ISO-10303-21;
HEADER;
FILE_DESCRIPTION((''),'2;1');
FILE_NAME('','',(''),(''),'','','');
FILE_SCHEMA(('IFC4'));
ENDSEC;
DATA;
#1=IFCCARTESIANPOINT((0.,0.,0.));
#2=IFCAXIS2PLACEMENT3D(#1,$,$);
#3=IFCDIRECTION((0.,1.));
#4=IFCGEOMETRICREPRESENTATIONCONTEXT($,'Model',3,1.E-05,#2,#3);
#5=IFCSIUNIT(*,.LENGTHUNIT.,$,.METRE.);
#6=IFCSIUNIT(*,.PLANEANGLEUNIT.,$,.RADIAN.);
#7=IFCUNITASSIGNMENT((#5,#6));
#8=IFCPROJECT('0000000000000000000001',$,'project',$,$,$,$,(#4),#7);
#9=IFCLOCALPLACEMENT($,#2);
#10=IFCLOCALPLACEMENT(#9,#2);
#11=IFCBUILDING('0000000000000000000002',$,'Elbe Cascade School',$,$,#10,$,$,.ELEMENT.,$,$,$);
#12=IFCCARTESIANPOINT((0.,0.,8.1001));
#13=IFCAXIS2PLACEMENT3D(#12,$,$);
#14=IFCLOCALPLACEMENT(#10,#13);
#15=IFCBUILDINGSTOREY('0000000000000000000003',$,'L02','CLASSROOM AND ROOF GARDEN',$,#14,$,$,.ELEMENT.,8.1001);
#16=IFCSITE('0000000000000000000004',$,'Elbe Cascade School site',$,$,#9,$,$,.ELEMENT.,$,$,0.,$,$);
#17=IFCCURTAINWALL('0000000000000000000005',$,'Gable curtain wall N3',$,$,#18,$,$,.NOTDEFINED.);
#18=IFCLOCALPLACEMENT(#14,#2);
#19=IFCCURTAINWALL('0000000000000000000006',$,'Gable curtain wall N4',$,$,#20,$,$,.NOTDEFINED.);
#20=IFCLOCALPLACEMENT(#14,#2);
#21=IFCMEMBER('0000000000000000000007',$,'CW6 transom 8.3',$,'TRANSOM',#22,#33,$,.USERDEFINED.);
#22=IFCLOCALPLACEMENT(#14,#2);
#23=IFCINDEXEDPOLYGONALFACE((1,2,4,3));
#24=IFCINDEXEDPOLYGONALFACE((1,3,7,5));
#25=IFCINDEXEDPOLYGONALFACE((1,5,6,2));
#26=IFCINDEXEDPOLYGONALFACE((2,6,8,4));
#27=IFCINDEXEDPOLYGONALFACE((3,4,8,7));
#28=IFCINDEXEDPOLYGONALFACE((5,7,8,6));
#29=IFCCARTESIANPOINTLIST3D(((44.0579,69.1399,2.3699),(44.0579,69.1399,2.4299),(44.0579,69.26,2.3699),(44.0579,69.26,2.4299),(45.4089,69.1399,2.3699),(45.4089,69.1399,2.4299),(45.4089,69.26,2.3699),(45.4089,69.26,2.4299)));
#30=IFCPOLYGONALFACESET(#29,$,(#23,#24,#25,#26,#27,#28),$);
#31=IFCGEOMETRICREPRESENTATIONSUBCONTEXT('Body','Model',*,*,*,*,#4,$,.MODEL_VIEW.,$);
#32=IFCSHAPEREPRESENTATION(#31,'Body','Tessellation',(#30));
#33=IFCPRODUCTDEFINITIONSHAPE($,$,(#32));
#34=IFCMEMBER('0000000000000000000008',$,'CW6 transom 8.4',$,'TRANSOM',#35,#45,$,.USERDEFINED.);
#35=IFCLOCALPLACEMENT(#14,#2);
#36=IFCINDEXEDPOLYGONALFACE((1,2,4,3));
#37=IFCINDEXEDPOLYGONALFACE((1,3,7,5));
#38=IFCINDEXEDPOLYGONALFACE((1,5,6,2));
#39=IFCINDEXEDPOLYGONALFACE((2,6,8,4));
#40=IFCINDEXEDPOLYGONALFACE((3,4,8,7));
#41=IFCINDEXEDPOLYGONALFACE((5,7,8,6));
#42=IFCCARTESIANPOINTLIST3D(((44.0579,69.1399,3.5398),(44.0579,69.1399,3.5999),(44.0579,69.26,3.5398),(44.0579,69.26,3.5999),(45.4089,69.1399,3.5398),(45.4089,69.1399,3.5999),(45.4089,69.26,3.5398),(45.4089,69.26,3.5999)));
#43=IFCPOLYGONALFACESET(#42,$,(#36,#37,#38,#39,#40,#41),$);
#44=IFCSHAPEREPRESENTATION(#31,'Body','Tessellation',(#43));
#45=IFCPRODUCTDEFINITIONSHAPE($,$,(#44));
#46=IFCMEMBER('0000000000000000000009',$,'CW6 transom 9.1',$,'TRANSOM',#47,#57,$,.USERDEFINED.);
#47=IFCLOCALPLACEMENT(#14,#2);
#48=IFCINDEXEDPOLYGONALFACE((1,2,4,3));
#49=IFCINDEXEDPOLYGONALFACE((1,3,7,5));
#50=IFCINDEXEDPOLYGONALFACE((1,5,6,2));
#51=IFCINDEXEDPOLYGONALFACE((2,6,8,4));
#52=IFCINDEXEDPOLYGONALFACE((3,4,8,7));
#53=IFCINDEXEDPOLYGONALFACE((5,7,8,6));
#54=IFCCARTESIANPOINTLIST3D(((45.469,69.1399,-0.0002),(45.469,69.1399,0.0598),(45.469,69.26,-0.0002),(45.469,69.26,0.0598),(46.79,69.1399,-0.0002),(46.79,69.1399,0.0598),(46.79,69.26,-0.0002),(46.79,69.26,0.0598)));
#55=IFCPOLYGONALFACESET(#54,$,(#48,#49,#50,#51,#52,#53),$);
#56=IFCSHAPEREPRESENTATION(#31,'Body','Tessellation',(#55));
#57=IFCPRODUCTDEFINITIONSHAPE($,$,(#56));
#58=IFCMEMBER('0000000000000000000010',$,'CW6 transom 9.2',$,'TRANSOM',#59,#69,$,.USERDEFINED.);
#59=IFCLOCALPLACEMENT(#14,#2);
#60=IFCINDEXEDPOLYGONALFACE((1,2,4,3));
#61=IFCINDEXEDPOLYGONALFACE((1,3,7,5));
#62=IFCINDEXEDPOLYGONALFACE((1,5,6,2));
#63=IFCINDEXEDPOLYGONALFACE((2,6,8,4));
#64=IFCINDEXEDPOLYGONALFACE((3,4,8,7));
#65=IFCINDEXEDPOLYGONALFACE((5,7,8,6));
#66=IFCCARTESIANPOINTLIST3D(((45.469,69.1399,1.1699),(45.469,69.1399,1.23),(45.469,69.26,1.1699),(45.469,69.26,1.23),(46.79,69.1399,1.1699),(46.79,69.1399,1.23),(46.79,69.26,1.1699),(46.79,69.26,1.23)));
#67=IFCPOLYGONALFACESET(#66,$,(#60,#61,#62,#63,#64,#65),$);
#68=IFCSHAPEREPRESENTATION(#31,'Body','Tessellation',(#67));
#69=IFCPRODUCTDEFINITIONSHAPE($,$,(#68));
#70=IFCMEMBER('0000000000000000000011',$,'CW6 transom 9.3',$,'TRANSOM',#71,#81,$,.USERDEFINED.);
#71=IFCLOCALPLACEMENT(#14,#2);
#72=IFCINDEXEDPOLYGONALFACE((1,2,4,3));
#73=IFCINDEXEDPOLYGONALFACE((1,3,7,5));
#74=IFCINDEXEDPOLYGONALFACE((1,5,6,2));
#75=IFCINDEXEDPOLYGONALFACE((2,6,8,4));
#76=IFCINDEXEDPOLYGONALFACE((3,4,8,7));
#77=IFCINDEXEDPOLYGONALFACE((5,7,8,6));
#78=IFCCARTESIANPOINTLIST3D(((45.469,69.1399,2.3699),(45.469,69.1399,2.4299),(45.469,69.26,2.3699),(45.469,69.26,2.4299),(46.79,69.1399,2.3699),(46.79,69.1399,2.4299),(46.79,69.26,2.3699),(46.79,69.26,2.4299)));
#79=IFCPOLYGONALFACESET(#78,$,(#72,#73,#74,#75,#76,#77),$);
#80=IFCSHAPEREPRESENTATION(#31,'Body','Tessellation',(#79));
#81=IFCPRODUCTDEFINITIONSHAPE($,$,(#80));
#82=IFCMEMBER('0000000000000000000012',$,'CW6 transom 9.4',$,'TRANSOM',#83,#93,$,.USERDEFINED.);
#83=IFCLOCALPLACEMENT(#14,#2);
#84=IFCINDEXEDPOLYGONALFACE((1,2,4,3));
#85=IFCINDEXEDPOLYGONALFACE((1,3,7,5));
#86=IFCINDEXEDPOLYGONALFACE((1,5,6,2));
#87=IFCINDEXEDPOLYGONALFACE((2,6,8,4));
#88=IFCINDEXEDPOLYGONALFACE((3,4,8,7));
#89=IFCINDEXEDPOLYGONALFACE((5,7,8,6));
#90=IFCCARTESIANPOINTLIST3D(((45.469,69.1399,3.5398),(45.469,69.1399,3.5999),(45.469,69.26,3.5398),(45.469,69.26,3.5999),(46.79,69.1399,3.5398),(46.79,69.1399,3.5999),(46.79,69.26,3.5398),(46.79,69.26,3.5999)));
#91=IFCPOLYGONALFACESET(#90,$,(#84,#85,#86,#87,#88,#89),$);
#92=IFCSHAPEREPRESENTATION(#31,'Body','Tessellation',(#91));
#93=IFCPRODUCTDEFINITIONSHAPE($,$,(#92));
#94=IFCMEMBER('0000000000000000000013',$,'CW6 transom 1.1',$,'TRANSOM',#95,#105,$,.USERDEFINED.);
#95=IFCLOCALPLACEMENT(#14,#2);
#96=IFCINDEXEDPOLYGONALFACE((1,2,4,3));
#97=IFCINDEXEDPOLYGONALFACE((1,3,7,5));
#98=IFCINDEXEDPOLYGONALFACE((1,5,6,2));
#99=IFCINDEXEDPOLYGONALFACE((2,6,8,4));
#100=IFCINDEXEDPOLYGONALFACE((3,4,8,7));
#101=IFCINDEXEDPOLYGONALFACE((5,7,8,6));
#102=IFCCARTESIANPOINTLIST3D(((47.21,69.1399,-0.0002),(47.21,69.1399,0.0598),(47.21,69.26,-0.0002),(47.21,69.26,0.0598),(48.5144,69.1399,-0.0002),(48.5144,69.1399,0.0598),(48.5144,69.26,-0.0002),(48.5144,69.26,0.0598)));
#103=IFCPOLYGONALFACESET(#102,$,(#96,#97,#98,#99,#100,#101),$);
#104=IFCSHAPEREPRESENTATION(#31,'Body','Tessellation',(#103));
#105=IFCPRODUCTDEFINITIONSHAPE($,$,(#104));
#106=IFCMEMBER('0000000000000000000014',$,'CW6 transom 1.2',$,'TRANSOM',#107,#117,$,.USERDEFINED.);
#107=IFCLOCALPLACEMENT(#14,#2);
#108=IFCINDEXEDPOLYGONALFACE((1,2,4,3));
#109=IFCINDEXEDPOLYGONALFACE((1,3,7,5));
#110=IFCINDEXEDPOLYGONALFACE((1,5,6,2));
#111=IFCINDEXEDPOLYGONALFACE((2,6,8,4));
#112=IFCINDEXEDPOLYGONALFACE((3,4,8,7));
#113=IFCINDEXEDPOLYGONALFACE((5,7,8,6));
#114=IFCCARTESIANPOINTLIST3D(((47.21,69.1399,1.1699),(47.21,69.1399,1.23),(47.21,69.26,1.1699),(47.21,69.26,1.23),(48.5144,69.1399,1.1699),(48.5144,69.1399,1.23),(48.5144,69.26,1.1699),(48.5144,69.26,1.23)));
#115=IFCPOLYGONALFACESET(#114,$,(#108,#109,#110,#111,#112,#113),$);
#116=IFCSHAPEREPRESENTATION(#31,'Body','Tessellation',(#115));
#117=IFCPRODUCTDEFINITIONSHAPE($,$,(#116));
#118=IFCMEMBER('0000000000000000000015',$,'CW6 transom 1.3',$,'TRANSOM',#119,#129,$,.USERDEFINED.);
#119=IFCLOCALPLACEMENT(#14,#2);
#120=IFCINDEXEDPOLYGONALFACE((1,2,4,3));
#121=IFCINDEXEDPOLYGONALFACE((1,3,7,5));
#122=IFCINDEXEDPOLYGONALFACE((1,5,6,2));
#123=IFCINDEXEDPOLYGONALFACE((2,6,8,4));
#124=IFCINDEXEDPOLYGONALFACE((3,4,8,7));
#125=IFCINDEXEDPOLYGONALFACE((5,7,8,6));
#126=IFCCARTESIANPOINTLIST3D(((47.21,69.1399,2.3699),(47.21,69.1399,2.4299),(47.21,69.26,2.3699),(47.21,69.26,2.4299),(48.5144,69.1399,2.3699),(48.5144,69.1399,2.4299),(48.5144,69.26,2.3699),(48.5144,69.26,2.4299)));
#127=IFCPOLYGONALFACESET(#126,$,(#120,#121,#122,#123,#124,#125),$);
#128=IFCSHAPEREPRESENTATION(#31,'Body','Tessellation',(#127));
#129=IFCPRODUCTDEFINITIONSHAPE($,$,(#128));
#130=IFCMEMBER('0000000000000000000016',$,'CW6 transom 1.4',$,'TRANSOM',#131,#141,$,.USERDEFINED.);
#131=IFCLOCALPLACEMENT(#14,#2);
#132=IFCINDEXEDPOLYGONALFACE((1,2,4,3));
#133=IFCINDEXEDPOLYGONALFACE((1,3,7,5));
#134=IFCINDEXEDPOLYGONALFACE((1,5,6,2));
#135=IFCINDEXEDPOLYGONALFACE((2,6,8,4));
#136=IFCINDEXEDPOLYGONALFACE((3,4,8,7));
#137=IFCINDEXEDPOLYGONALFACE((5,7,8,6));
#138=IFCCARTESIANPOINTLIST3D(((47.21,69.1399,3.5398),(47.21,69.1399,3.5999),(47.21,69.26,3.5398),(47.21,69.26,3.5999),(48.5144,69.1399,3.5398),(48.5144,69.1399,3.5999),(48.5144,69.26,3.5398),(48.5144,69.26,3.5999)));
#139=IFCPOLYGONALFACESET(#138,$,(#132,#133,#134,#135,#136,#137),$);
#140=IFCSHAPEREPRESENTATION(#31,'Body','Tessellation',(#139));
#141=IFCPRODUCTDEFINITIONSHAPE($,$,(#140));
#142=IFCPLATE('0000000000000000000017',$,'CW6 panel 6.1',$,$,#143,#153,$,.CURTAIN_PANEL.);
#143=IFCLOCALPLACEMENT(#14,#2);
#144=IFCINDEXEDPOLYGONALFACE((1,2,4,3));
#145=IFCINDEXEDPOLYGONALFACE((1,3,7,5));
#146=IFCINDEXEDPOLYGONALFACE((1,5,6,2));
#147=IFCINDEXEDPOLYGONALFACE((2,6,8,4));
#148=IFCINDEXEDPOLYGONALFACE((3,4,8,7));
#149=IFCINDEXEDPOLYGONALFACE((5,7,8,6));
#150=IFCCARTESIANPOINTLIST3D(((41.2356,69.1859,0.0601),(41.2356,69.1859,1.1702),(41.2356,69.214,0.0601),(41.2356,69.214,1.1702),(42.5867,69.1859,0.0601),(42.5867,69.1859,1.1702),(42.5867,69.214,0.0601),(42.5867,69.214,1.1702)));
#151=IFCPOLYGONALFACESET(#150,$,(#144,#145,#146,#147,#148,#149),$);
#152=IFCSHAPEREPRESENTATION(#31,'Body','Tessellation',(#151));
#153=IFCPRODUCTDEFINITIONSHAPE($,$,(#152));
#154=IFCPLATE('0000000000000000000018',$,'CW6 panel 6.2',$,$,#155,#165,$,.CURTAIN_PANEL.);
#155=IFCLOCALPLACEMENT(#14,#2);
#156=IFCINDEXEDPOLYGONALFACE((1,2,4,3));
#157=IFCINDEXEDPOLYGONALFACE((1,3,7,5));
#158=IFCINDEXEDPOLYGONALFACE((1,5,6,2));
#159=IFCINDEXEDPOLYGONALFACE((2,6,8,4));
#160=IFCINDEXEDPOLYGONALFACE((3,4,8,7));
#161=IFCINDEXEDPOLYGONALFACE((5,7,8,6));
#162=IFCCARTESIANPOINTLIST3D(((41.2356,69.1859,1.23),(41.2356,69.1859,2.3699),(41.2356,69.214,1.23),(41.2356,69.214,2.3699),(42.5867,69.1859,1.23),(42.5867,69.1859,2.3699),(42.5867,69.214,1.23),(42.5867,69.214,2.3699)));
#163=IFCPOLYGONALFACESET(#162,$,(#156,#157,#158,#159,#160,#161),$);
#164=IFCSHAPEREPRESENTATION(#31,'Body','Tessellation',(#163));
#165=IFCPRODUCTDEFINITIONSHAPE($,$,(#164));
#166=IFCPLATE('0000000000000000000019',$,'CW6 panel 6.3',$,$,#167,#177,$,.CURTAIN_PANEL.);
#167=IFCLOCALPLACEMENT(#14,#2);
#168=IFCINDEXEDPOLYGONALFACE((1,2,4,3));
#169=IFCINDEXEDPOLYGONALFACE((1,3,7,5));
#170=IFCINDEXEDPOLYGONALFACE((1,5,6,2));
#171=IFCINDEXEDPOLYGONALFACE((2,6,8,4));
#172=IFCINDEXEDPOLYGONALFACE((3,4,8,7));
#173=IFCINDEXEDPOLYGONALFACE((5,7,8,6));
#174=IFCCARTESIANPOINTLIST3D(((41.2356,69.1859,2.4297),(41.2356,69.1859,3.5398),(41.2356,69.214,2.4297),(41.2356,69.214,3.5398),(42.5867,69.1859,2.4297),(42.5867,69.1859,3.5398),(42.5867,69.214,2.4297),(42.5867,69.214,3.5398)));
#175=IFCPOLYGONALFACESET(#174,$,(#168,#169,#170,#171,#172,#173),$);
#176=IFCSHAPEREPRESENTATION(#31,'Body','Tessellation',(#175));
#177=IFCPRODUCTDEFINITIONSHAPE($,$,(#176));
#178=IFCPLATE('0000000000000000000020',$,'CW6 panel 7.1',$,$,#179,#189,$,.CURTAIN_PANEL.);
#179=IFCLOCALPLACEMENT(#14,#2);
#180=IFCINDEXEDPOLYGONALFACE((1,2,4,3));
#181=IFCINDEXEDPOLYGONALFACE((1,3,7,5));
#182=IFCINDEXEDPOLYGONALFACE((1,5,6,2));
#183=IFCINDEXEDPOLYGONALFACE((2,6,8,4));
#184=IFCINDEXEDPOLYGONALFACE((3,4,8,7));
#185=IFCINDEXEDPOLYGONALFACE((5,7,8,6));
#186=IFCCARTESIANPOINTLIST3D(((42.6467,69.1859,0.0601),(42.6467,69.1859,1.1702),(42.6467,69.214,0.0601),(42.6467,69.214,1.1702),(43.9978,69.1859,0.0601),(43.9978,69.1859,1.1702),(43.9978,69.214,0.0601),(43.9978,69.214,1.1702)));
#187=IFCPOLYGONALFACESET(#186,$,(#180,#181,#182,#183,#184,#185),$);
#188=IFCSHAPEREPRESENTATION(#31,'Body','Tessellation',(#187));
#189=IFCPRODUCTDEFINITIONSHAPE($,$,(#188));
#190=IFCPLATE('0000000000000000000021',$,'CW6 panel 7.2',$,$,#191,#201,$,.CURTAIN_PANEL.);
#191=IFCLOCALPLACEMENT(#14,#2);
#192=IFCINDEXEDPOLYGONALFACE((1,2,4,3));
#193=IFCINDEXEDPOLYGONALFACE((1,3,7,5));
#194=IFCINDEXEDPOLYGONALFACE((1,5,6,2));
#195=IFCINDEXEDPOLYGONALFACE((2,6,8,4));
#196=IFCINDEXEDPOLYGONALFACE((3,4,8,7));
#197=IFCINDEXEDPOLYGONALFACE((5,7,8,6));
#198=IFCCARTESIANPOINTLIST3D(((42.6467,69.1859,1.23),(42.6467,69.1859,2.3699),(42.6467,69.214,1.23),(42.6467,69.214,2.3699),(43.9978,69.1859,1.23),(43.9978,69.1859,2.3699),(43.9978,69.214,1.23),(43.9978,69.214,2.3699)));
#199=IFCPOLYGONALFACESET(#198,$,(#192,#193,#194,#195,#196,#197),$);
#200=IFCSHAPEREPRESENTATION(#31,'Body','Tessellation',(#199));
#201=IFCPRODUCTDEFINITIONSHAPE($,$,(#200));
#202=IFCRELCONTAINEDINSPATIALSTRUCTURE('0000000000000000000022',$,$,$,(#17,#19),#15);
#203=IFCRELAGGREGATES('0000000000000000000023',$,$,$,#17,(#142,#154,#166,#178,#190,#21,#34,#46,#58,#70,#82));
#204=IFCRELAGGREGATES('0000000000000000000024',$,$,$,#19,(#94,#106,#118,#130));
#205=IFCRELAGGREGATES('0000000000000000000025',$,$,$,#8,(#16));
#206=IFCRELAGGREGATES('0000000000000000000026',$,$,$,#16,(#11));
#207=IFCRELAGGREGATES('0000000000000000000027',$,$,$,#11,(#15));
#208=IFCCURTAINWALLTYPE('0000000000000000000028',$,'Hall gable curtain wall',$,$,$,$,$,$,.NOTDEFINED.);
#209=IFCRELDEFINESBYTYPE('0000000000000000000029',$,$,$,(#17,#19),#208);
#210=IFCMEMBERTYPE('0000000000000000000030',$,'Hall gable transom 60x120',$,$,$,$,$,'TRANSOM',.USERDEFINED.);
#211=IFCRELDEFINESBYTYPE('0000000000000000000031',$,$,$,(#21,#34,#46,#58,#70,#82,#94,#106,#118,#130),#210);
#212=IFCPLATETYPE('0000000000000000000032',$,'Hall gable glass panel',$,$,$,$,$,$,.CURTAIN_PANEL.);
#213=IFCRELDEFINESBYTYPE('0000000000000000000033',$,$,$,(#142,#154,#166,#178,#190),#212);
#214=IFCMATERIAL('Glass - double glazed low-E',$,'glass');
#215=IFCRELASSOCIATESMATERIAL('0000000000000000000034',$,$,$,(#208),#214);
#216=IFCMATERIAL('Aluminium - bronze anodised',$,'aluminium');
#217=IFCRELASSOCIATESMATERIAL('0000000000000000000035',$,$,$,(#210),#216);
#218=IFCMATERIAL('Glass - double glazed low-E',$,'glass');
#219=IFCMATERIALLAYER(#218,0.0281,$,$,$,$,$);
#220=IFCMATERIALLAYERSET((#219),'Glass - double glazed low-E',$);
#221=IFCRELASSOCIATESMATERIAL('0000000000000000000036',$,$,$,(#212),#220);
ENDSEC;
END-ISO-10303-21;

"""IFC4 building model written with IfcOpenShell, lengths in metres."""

from ifc_helpers import new_model, si_unit, direction, frame, origin, origin_2d, place, context, subcontext, project, spatial, rectangle, extrude, material, layer, layer_set, material_profile, profile_set, type_object, element, aggregate, save


model = new_model("IFC4")

# Units and contexts
model_context = context("Model", 3, precision=1e-05, world=origin(), true_north=direction((0.0, 1.0)))
body_context = subcontext(model_context, "Body", "Model", "MODEL_VIEW")
ifc_project = project(units=[si_unit("LENGTHUNIT", "METRE"), si_unit("PLANEANGLEUNIT", "RADIAN")], contexts=[model_context])

# Site, building, storey
site_placement = place(None, origin())
site = spatial("IfcSite", under=ifc_project, at=site_placement, Name="Elbe Cascade School site", CompositionType="ELEMENT", RefElevation=0.0)
building_placement = place(site_placement, origin())
building = spatial("IfcBuilding", under=site, at=building_placement, Name="Elbe Cascade School", CompositionType="ELEMENT")
storey_placement = place(building_placement, frame((0.0, 0.0, 8.1001)))
storey = spatial("IfcBuildingStorey", under=building, at=storey_placement, Name="L02", Description="CLASSROOM AND ROOF GARDEN", CompositionType="ELEMENT", Elevation=8.1001)

# Curtain wall
ifc_material_1 = material(Name="Glass - double glazed low-E", Category="glass")
curtain_wall_type = type_object("IfcCurtainWallType", Name="Hall gable curtain wall", PredefinedType="NOTDEFINED", material=ifc_material_1)
curtain_wall_1_placement = place(storey_placement, origin())
curtain_wall_1 = element("IfcCurtainWall", 1, at=curtain_wall_1_placement, inside=storey, type_object=curtain_wall_type, Name="Gable curtain wall N3", PredefinedType="NOTDEFINED")

# Curtain wall
curtain_wall_2_placement = place(storey_placement, origin())
curtain_wall_2 = element("IfcCurtainWall", 2, at=curtain_wall_2_placement, inside=storey, type_object=curtain_wall_type, Name="Gable curtain wall N4", PredefinedType="NOTDEFINED")

# Members
ifc_material_2 = material(Name="Aluminium - bronze anodised", Category="aluminium")
ifc_material_profile_1 = material_profile(ifc_material_2, rectangle(XDim=0.1201, YDim=0.0601, at=origin_2d()), Name="Alu 60x120")
ifc_profile_set_1 = profile_set([ifc_material_profile_1], Name="Aluminium - bronze anodised")
member_type_1 = type_object("IfcMemberType", Name="Hall gable transom 60x120", ElementType="TRANSOM", PredefinedType="USERDEFINED", material=ifc_profile_set_1)
member_1_placement = place(storey_placement, frame((44.0579, 69.2, 2.3999), z_axis=(1.0, 0.0, 0.0), x_axis=(0.0, 1.0, 0.0)))
member_1 = element("IfcMember", 3, at=member_1_placement, type_object=member_type_1, Name="CW6 transom 8.3", ObjectType="TRANSOM", PredefinedType="USERDEFINED", context=body_context, shape_type="SweptSolid", body=[
    extrude(rectangle(XDim=0.1201, YDim=0.0601, at=origin_2d()), origin(), (0.0, 0.0, 1.0), 1.3511),
])
member_2_placement = place(storey_placement, frame((44.0579, 69.2, 3.5698), z_axis=(1.0, 0.0, 0.0), x_axis=(0.0, 1.0, 0.0)))
member_2 = element("IfcMember", 4, at=member_2_placement, type_object=member_type_1, Name="CW6 transom 8.4", ObjectType="TRANSOM", PredefinedType="USERDEFINED", context=body_context, shape_type="SweptSolid", body=[
    extrude(rectangle(XDim=0.1201, YDim=0.0601, at=origin_2d()), origin(), (0.0, 0.0, 1.0), 1.3511),
])
member_3_placement = place(storey_placement, frame((45.469, 69.2, 0.0298), z_axis=(1.0, 0.0, 0.0), x_axis=(0.0, 1.0, 0.0)))
member_3 = element("IfcMember", 5, at=member_3_placement, type_object=member_type_1, Name="CW6 transom 9.1", ObjectType="TRANSOM", PredefinedType="USERDEFINED", context=body_context, shape_type="SweptSolid", body=[
    extrude(rectangle(XDim=0.1201, YDim=0.0601, at=origin_2d()), origin(), (0.0, 0.0, 1.0), 1.321),
])
member_4_placement = place(storey_placement, frame((45.469, 69.2, 1.2), z_axis=(1.0, 0.0, 0.0), x_axis=(0.0, 1.0, 0.0)))
member_4 = element("IfcMember", 6, at=member_4_placement, type_object=member_type_1, Name="CW6 transom 9.2", ObjectType="TRANSOM", PredefinedType="USERDEFINED", context=body_context, shape_type="SweptSolid", body=[
    extrude(rectangle(XDim=0.1201, YDim=0.0601, at=origin_2d()), origin(), (0.0, 0.0, 1.0), 1.321),
])
member_5_placement = place(storey_placement, frame((45.469, 69.2, 2.3999), z_axis=(1.0, 0.0, 0.0), x_axis=(0.0, 1.0, 0.0)))
member_5 = element("IfcMember", 7, at=member_5_placement, type_object=member_type_1, Name="CW6 transom 9.3", ObjectType="TRANSOM", PredefinedType="USERDEFINED", context=body_context, shape_type="SweptSolid", body=[
    extrude(rectangle(XDim=0.1201, YDim=0.0601, at=origin_2d()), origin(), (0.0, 0.0, 1.0), 1.321),
])
member_6_placement = place(storey_placement, frame((45.469, 69.2, 3.5698), z_axis=(1.0, 0.0, 0.0), x_axis=(0.0, 1.0, 0.0)))
member_6 = element("IfcMember", 8, at=member_6_placement, type_object=member_type_1, Name="CW6 transom 9.4", ObjectType="TRANSOM", PredefinedType="USERDEFINED", context=body_context, shape_type="SweptSolid", body=[
    extrude(rectangle(XDim=0.1201, YDim=0.0601, at=origin_2d()), origin(), (0.0, 0.0, 1.0), 1.321),
])
member_7_placement = place(storey_placement, frame((47.21, 69.2, 0.0298), z_axis=(1.0, 0.0, 0.0), x_axis=(0.0, 1.0, 0.0)))
member_7 = element("IfcMember", 9, at=member_7_placement, type_object=member_type_1, Name="CW6 transom 1.1", ObjectType="TRANSOM", PredefinedType="USERDEFINED", context=body_context, shape_type="SweptSolid", body=[
    extrude(rectangle(XDim=0.1201, YDim=0.0601, at=origin_2d()), origin(), (0.0, 0.0, 1.0), 1.3044),
])
member_8_placement = place(storey_placement, frame((47.21, 69.2, 1.2), z_axis=(1.0, 0.0, 0.0), x_axis=(0.0, 1.0, 0.0)))
member_8 = element("IfcMember", 10, at=member_8_placement, type_object=member_type_1, Name="CW6 transom 1.2", ObjectType="TRANSOM", PredefinedType="USERDEFINED", context=body_context, shape_type="SweptSolid", body=[
    extrude(rectangle(XDim=0.1201, YDim=0.0601, at=origin_2d()), origin(), (0.0, 0.0, 1.0), 1.3044),
])
member_9_placement = place(storey_placement, frame((47.21, 69.2, 2.3999), z_axis=(1.0, 0.0, 0.0), x_axis=(0.0, 1.0, 0.0)))
member_9 = element("IfcMember", 11, at=member_9_placement, type_object=member_type_1, Name="CW6 transom 1.3", ObjectType="TRANSOM", PredefinedType="USERDEFINED", context=body_context, shape_type="SweptSolid", body=[
    extrude(rectangle(XDim=0.1201, YDim=0.0601, at=origin_2d()), origin(), (0.0, 0.0, 1.0), 1.3044),
])
member_10_placement = place(storey_placement, frame((47.21, 69.2, 3.5698), z_axis=(1.0, 0.0, 0.0), x_axis=(0.0, 1.0, 0.0)))
member_10 = element("IfcMember", 12, at=member_10_placement, type_object=member_type_1, Name="CW6 transom 1.4", ObjectType="TRANSOM", PredefinedType="USERDEFINED", context=body_context, shape_type="SweptSolid", body=[
    extrude(rectangle(XDim=0.1201, YDim=0.0601, at=origin_2d()), origin(), (0.0, 0.0, 1.0), 1.3044),
])

# Plates
ifc_material_3 = material(Name="Glass - double glazed low-E", Category="glass")
ifc_layer = layer(ifc_material_3, 0.0281)
ifc_layer_set = layer_set([ifc_layer], Name="Glass - double glazed low-E")
plate_type = type_object("IfcPlateType", Name="Hall gable glass panel", PredefinedType="CURTAIN_PANEL", material=ifc_layer_set)
plate_1_placement = place(storey_placement, frame((41.9111, 69.2, 0.0601), z_axis=(0.0, 0.0, 1.0), x_axis=(1.0, 0.0, 0.0)))
plate_1 = element("IfcPlate", 13, at=plate_1_placement, type_object=plate_type, Name="CW6 panel 6.1", PredefinedType="CURTAIN_PANEL", context=body_context, shape_type="SweptSolid", body=[
    extrude(rectangle(XDim=1.3511, YDim=0.0281, at=origin_2d()), origin(), (0.0, 0.0, 1.0), 1.1101),
])
plate_2_placement = place(storey_placement, frame((41.9111, 69.2, 1.23), z_axis=(0.0, 0.0, 1.0), x_axis=(1.0, 0.0, 0.0)))
plate_2 = element("IfcPlate", 14, at=plate_2_placement, type_object=plate_type, Name="CW6 panel 6.2", PredefinedType="CURTAIN_PANEL", context=body_context, shape_type="SweptSolid", body=[
    extrude(rectangle(XDim=1.3511, YDim=0.0281, at=origin_2d()), origin(), (0.0, 0.0, 1.0), 1.1399),
])
plate_3_placement = place(storey_placement, frame((41.9111, 69.2, 2.4297), z_axis=(0.0, 0.0, 1.0), x_axis=(1.0, 0.0, 0.0)))
plate_3 = element("IfcPlate", 15, at=plate_3_placement, type_object=plate_type, Name="CW6 panel 6.3", PredefinedType="CURTAIN_PANEL", context=body_context, shape_type="SweptSolid", body=[
    extrude(rectangle(XDim=1.3511, YDim=0.0281, at=origin_2d()), origin(), (0.0, 0.0, 1.0), 1.1101),
])
plate_4_placement = place(storey_placement, frame((43.3223, 69.2, 0.0601), z_axis=(0.0, 0.0, 1.0), x_axis=(1.0, 0.0, 0.0)))
plate_4 = element("IfcPlate", 16, at=plate_4_placement, type_object=plate_type, Name="CW6 panel 7.1", PredefinedType="CURTAIN_PANEL", context=body_context, shape_type="SweptSolid", body=[
    extrude(rectangle(XDim=1.3511, YDim=0.0281, at=origin_2d()), origin(), (0.0, 0.0, 1.0), 1.1101),
])
plate_5_placement = place(storey_placement, frame((43.3223, 69.2, 1.23), z_axis=(0.0, 0.0, 1.0), x_axis=(1.0, 0.0, 0.0)))
plate_5 = element("IfcPlate", 17, at=plate_5_placement, type_object=plate_type, Name="CW6 panel 7.2", PredefinedType="CURTAIN_PANEL", context=body_context, shape_type="SweptSolid", body=[
    extrude(rectangle(XDim=1.3511, YDim=0.0281, at=origin_2d()), origin(), (0.0, 0.0, 1.0), 1.1399),
])
aggregate(curtain_wall_1, [plate_1, plate_2, plate_3, plate_4, plate_5, member_1, member_2, member_3, member_4, member_5, member_6])
aggregate(curtain_wall_2, [member_7, member_8, member_9, member_10])

save(model, "model.ifc")
